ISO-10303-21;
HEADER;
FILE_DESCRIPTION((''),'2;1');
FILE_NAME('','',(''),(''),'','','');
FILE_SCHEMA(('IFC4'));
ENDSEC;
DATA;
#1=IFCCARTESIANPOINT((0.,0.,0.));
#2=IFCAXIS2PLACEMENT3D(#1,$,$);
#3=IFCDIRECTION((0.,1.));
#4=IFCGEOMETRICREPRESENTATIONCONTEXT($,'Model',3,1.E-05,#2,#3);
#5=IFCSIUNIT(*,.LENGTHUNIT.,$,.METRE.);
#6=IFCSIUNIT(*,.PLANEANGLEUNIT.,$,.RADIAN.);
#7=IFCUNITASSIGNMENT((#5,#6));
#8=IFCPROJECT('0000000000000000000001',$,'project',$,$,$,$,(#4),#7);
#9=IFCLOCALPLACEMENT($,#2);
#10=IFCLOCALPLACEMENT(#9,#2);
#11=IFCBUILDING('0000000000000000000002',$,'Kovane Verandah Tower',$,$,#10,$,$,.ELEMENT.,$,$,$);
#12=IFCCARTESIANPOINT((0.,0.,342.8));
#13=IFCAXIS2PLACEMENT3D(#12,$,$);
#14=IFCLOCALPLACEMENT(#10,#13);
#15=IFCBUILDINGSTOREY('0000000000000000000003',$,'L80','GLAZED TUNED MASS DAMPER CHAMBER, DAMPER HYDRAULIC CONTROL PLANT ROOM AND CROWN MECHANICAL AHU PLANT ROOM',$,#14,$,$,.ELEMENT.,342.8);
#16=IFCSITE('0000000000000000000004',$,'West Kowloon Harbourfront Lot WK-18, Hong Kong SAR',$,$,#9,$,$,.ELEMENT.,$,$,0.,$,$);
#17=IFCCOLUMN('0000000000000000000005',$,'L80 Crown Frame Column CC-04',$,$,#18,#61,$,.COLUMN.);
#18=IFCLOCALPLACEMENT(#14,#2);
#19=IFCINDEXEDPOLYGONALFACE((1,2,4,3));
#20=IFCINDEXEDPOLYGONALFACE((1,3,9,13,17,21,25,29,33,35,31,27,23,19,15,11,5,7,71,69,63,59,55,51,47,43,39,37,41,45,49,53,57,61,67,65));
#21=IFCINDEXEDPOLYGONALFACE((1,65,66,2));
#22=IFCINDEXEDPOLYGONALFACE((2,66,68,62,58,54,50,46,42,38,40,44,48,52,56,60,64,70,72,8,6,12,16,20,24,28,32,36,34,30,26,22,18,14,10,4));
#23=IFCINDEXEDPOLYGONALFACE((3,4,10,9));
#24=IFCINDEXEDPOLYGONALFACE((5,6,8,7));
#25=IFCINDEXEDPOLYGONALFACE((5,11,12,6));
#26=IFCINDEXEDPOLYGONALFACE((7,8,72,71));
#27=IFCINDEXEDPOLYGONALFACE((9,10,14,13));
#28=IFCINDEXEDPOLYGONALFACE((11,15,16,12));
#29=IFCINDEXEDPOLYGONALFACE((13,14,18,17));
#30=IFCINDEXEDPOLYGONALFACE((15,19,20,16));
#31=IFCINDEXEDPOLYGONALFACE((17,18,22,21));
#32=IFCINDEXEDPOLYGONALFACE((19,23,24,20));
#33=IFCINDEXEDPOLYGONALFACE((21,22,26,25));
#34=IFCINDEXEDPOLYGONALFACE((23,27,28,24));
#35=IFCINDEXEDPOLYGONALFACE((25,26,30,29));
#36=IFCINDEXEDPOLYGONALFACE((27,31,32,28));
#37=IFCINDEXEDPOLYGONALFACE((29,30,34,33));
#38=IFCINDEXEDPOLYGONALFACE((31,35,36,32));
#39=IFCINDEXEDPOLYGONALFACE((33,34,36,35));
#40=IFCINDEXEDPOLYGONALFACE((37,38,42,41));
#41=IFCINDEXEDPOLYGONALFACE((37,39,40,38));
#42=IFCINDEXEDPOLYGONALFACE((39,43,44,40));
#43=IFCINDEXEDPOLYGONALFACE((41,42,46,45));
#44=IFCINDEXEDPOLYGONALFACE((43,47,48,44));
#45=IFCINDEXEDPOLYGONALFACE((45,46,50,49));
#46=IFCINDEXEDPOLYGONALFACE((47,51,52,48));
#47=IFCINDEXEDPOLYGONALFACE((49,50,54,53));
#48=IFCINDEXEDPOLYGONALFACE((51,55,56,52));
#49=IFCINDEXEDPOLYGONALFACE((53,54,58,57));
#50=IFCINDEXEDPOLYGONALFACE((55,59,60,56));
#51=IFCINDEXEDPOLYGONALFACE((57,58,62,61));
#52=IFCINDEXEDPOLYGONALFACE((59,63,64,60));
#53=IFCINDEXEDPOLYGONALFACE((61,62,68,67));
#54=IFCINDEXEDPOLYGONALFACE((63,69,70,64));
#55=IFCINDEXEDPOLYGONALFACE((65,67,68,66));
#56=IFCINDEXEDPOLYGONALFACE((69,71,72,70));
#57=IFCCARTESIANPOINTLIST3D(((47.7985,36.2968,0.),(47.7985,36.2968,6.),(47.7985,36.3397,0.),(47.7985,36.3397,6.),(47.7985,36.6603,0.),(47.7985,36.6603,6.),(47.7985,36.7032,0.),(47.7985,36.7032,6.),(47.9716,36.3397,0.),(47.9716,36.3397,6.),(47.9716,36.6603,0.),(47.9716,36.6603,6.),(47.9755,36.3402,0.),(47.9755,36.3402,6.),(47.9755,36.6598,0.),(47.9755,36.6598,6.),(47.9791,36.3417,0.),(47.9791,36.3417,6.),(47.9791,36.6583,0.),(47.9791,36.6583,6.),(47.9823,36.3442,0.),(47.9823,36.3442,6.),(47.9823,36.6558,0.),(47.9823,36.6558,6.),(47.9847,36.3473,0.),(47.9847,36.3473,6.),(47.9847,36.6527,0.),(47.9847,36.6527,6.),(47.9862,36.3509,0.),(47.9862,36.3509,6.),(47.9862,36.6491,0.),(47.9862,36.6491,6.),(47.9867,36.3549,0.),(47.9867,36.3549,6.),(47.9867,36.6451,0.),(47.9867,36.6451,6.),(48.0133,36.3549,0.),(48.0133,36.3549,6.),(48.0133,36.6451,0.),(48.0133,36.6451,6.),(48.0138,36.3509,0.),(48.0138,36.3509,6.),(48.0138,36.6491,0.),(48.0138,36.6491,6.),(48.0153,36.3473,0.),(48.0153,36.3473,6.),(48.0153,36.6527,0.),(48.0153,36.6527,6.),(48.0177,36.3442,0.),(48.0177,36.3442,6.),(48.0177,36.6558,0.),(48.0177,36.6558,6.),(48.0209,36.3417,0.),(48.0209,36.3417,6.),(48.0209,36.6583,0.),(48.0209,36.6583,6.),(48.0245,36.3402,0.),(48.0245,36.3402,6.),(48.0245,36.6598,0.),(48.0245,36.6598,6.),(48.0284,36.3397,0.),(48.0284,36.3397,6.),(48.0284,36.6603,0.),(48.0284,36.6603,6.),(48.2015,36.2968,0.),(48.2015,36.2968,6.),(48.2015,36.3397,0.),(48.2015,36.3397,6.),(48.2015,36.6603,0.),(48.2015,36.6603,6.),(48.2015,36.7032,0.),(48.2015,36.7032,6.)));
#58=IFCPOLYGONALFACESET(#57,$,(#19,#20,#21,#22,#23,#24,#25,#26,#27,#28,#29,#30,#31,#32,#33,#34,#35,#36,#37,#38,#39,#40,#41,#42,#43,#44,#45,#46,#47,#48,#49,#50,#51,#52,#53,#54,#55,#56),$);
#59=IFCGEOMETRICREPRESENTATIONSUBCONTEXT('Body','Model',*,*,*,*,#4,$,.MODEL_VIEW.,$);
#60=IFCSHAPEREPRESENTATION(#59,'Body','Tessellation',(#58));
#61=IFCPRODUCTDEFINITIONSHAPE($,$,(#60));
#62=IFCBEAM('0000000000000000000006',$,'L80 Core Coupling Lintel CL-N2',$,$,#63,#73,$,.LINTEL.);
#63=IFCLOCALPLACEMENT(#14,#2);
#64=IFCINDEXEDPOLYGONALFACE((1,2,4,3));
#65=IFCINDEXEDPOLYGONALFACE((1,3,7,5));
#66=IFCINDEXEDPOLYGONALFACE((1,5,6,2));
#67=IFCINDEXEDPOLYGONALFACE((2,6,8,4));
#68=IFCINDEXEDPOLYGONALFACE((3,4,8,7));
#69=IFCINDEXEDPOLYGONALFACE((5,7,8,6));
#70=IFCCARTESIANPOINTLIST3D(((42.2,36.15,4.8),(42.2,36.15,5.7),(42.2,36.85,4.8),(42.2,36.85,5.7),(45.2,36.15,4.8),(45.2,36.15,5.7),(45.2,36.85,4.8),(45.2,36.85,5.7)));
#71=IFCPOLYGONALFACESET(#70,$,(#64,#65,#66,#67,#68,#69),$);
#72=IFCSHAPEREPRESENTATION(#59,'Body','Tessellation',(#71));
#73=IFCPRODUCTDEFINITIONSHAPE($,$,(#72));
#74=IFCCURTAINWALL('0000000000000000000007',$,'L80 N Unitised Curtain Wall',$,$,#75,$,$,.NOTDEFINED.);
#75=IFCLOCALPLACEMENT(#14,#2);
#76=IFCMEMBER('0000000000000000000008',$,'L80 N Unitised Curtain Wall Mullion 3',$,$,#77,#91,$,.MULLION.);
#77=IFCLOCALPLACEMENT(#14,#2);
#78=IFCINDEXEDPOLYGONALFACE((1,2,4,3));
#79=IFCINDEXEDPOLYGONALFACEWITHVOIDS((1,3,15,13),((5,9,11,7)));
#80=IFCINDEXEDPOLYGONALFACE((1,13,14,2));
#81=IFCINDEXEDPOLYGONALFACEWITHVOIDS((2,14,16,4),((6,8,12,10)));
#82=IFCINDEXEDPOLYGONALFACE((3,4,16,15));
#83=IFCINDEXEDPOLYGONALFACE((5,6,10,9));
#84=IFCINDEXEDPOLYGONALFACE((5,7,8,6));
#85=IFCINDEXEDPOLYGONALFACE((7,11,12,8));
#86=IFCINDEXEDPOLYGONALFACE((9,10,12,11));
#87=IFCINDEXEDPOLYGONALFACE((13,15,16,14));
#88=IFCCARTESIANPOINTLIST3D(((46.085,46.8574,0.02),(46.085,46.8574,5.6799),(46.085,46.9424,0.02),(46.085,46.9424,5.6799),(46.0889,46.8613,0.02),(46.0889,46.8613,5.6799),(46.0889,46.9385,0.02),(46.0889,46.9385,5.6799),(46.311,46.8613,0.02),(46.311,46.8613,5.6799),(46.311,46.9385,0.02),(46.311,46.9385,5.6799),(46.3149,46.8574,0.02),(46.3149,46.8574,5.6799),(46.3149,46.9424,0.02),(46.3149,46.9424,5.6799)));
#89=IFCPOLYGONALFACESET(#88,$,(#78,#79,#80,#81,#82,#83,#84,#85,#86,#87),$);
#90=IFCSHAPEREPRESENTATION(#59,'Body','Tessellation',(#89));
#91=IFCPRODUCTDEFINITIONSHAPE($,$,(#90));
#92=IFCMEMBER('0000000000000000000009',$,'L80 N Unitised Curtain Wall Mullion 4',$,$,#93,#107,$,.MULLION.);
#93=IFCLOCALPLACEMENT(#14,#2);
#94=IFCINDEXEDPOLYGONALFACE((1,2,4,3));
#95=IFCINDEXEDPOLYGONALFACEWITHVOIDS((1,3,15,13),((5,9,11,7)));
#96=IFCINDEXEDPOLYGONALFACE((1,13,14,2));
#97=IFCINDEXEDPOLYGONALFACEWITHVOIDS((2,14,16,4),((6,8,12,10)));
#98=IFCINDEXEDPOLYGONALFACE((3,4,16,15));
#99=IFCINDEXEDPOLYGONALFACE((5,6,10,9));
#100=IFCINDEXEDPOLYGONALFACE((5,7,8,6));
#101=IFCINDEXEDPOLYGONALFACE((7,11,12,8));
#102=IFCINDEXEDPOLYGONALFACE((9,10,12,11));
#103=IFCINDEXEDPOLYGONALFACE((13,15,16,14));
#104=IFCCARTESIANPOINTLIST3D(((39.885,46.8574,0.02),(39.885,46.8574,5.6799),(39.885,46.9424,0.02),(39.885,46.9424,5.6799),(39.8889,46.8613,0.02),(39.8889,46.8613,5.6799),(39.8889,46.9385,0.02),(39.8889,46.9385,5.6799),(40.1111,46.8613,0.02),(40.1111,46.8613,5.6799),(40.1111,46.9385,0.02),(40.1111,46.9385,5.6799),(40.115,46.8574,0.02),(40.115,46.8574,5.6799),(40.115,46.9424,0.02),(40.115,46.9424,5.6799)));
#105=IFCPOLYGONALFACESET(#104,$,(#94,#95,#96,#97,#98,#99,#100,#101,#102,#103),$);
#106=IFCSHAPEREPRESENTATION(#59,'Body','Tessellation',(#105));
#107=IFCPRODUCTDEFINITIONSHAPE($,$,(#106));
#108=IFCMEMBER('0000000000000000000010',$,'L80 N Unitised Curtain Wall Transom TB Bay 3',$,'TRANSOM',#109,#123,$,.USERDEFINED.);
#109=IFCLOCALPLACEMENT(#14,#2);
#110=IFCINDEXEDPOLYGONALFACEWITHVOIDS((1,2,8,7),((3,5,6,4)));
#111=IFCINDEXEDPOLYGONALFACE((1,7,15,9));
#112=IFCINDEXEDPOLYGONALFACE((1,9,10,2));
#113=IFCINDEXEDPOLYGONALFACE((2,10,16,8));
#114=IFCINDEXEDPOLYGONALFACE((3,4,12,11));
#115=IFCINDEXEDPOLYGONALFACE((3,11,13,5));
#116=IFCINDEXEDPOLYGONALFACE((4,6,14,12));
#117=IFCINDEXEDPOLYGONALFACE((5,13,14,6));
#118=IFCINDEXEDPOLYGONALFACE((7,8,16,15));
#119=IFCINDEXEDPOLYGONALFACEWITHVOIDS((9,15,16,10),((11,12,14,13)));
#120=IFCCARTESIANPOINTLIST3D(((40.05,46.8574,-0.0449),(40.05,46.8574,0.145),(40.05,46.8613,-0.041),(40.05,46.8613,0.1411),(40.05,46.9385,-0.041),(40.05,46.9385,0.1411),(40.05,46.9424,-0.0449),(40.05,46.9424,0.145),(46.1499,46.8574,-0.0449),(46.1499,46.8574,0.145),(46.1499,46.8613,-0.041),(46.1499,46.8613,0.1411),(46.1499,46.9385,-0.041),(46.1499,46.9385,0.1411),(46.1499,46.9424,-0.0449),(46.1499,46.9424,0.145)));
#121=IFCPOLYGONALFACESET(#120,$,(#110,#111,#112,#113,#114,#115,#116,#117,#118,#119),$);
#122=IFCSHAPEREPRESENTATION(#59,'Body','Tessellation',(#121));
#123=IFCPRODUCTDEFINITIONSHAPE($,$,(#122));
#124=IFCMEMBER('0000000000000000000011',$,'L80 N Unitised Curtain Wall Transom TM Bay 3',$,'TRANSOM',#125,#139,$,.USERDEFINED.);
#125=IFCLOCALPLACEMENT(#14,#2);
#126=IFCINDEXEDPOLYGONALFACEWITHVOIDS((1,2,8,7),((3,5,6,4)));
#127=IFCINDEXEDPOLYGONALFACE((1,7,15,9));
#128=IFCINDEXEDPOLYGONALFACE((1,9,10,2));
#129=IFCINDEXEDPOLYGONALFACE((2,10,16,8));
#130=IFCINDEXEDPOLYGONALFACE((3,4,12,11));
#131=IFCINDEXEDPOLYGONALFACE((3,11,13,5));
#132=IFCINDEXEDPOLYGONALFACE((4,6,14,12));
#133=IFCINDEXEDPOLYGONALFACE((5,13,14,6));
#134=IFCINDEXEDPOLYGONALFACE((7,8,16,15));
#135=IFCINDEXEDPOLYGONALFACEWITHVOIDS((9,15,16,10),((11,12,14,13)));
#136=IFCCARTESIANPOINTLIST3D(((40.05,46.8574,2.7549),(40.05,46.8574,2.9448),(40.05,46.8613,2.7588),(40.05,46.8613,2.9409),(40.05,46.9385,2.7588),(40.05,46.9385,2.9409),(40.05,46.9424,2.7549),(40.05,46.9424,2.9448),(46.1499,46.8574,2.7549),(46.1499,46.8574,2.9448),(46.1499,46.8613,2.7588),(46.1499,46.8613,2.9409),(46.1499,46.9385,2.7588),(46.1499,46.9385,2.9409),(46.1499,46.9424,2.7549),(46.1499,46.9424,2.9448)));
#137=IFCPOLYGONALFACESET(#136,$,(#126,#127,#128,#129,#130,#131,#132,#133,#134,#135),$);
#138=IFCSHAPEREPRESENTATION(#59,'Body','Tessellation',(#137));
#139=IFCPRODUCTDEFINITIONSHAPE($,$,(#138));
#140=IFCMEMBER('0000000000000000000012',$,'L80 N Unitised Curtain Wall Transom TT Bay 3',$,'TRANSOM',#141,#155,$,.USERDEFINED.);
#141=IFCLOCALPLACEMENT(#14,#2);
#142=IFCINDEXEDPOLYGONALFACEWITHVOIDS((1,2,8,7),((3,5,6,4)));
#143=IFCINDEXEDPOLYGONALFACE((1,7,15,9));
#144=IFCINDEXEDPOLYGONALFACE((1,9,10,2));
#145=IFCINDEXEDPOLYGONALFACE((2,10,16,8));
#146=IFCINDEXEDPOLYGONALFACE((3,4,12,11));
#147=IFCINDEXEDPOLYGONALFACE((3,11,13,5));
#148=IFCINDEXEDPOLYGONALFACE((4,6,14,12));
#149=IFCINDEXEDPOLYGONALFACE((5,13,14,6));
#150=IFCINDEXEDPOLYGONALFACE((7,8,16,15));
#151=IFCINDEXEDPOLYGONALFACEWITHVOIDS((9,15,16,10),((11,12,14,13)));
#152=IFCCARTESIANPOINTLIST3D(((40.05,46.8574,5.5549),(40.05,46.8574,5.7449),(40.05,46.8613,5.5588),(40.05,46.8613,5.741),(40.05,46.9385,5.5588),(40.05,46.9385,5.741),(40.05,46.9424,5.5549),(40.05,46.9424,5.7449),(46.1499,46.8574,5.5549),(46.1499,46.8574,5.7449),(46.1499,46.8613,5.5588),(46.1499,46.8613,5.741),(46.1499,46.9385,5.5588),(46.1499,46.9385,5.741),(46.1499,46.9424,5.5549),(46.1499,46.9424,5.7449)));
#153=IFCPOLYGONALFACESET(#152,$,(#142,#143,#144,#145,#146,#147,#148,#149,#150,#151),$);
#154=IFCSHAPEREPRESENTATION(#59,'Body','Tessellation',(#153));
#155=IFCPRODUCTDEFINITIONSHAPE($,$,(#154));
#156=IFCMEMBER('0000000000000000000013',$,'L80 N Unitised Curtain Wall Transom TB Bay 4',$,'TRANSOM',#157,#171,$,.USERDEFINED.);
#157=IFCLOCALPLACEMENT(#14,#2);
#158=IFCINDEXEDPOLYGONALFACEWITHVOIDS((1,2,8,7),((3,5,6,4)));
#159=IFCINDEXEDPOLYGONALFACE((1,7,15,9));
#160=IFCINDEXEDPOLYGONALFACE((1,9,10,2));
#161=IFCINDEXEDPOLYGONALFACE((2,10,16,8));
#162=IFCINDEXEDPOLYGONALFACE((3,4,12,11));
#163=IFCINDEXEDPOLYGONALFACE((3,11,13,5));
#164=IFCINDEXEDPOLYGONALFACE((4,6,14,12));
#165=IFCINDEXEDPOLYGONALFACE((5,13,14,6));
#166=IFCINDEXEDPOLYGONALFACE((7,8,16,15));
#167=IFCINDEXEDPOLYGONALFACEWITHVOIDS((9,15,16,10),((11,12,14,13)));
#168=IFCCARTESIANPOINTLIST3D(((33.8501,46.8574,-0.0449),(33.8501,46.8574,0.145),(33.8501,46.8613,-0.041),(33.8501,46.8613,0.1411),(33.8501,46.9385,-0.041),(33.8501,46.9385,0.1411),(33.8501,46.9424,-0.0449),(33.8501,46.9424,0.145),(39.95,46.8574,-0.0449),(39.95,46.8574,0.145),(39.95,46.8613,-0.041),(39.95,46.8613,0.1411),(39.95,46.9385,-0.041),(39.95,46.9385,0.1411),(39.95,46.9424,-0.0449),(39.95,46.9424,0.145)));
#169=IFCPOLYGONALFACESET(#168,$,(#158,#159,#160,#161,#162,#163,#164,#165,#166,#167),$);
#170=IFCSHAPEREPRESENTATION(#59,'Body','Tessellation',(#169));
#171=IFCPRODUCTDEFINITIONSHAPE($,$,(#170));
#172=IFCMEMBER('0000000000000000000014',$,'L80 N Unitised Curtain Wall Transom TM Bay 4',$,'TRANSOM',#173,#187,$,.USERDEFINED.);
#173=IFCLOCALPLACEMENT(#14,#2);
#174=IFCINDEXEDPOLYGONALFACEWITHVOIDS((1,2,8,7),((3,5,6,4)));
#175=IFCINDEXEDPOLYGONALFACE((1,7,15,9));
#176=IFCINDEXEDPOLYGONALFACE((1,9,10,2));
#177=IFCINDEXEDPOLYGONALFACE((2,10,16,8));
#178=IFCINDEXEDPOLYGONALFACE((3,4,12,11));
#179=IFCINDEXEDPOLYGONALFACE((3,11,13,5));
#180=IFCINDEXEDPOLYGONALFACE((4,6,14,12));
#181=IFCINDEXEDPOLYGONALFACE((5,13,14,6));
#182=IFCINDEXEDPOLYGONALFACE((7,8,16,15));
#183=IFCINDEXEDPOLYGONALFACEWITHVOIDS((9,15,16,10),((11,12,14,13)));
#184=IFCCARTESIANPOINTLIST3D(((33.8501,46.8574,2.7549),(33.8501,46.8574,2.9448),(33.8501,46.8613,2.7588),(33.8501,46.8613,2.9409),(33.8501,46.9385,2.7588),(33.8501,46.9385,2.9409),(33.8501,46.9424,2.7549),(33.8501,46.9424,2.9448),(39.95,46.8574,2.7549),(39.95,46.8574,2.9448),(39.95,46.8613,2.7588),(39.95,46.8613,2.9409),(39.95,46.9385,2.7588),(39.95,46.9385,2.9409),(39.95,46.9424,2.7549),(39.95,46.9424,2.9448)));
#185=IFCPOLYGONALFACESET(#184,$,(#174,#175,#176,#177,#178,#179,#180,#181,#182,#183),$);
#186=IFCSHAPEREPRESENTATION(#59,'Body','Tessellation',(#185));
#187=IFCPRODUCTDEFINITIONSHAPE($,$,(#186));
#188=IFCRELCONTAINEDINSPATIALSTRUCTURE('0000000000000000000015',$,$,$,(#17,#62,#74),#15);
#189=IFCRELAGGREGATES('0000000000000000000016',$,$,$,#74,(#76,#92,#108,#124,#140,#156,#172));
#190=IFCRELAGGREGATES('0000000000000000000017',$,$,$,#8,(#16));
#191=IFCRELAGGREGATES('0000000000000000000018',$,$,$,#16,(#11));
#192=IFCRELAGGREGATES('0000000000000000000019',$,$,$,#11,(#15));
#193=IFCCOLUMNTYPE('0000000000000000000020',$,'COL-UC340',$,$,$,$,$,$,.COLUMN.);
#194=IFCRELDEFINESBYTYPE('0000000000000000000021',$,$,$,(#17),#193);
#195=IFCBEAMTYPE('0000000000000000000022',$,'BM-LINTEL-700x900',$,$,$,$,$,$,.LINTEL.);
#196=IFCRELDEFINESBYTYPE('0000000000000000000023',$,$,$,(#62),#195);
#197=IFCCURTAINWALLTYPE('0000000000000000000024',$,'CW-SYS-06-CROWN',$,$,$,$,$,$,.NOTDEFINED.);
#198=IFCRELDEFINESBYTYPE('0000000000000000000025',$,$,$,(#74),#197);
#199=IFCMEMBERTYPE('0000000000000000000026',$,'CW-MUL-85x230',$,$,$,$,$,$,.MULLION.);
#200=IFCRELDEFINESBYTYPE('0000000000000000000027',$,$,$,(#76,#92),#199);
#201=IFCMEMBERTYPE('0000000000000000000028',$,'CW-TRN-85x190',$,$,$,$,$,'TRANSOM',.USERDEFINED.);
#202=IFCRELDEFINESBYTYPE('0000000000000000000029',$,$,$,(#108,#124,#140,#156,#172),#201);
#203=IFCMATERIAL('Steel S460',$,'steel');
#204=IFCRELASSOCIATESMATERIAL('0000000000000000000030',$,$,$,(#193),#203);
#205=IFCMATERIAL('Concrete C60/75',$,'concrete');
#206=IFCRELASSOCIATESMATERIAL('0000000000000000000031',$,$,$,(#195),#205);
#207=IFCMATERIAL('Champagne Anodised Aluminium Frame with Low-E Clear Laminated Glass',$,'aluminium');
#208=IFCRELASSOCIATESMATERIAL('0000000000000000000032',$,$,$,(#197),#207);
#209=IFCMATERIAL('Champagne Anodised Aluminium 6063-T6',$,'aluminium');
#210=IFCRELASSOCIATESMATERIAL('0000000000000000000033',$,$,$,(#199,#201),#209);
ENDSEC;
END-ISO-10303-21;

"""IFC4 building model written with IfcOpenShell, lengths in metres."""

from ifc_helpers import new_model, si_unit, direction, frame, origin, origin_2d, place, context, subcontext, project, spatial, rectangle, hollow_rectangle, i_section, extrude, material, material_profile, profile_set, type_object, element, aggregate, save


model = new_model("IFC4")

# Units and contexts
model_context = context("Model", 3, precision=1e-05, world=origin(), true_north=direction((0.0, 1.0)))
body_context = subcontext(model_context, "Body", "Model", "MODEL_VIEW")
ifc_project = project(units=[si_unit("LENGTHUNIT", "METRE"), si_unit("PLANEANGLEUNIT", "RADIAN")], contexts=[model_context])

# Site, building, storey
site_placement = place(None, origin())
site = spatial("IfcSite", under=ifc_project, at=site_placement, Name="West Kowloon Harbourfront Lot WK-18, Hong Kong SAR", CompositionType="ELEMENT", RefElevation=0.0)
building_placement = place(site_placement, origin())
building = spatial("IfcBuilding", under=site, at=building_placement, Name="Kovane Verandah Tower", CompositionType="ELEMENT")
storey_placement = place(building_placement, frame((0.0, 0.0, 342.8)))
storey = spatial("IfcBuildingStorey", under=building, at=storey_placement, Name="L80", Description="GLAZED TUNED MASS DAMPER CHAMBER, DAMPER HYDRAULIC CONTROL PLANT ROOM AND CROWN MECHANICAL AHU PLANT ROOM", CompositionType="ELEMENT", Elevation=342.8)

# Column
ifc_material_1 = material(Name="Steel S460", Category="steel")
ifc_material_profile_1 = material_profile(ifc_material_1, i_section(OverallWidth=0.4031, OverallDepth=0.4065, WebThickness=0.0266, FlangeThickness=0.043, FilletRadius=0.0151, at=origin_2d()), Name="UC356x406x340")
ifc_profile_set_1 = profile_set([ifc_material_profile_1], Name="Steel S460")
column_type = type_object("IfcColumnType", Name="COL-UC340", PredefinedType="COLUMN", material=ifc_profile_set_1)
column_placement = place(storey_placement, frame((48.0, 36.5, 0.0), z_axis=(0.0, 0.0, 1.0), x_axis=(1.0, 0.0, 0.0)))
element("IfcColumn", 1, at=column_placement, inside=storey, type_object=column_type, Name="L80 Crown Frame Column CC-04", PredefinedType="COLUMN", context=body_context, shape_type="SweptSolid", body=[
    extrude(i_section(OverallWidth=0.4031, OverallDepth=0.4065, WebThickness=0.0266, FlangeThickness=0.043, FilletRadius=0.0151, at=origin_2d()), origin(), (0.0, 0.0, 1.0), 6.0),
])

# Beam
ifc_material_2 = material(Name="Concrete C60/75", Category="concrete")
ifc_material_profile_2 = material_profile(ifc_material_2, rectangle(XDim=0.7, YDim=0.8999, at=origin_2d()), Name="RCB700x900")
ifc_profile_set_2 = profile_set([ifc_material_profile_2], Name="Concrete C60/75")
beam_type = type_object("IfcBeamType", Name="BM-LINTEL-700x900", PredefinedType="LINTEL", material=ifc_profile_set_2)
beam_placement = place(storey_placement, frame((42.2, 36.5, 5.25), z_axis=(1.0, 0.0, 0.0), x_axis=(0.0, 1.0, 0.0)))
element("IfcBeam", 2, at=beam_placement, inside=storey, type_object=beam_type, Name="L80 Core Coupling Lintel CL-N2", PredefinedType="LINTEL", context=body_context, shape_type="SweptSolid", body=[
    extrude(rectangle(XDim=0.7, YDim=0.8999, at=origin_2d()), origin(), (0.0, 0.0, 1.0), 3.0),
])

# Curtain wall, members
ifc_material_3 = material(Name="Champagne Anodised Aluminium Frame with Low-E Clear Laminated Glass", Category="aluminium")
curtain_wall_type = type_object("IfcCurtainWallType", Name="CW-SYS-06-CROWN", PredefinedType="NOTDEFINED", material=ifc_material_3)
curtain_wall_placement = place(storey_placement, origin())
curtain_wall = element("IfcCurtainWall", 3, at=curtain_wall_placement, inside=storey, type_object=curtain_wall_type, Name="L80 N Unitised Curtain Wall", PredefinedType="NOTDEFINED")
ifc_material_4 = material(Name="Champagne Anodised Aluminium 6063-T6", Category="aluminium")
ifc_material_profile_3 = material_profile(ifc_material_4, hollow_rectangle(XDim=0.085, YDim=0.23, WallThickness=0.0039, at=origin_2d()), Name="AL85x230x4")
ifc_profile_set_3 = profile_set([ifc_material_profile_3], Name="Champagne Anodised Aluminium 6063-T6")
member_type_1 = type_object("IfcMemberType", Name="CW-MUL-85x230", PredefinedType="MULLION", material=ifc_profile_set_3)
member_1_placement = place(storey_placement, frame((46.2, 46.8999, 0.02), z_axis=(0.0, 0.0, 1.0), x_axis=(0.0, 1.0, 0.0)))
member_1 = element("IfcMember", 4, at=member_1_placement, type_object=member_type_1, Name="L80 N Unitised Curtain Wall Mullion 3", PredefinedType="MULLION", context=body_context, shape_type="SweptSolid", body=[
    extrude(hollow_rectangle(XDim=0.085, YDim=0.23, WallThickness=0.0039, at=origin_2d()), origin(), (0.0, 0.0, 1.0), 5.6599),
])
member_2_placement = place(storey_placement, frame((40.0, 46.8999, 0.02), z_axis=(0.0, 0.0, 1.0), x_axis=(0.0, 1.0, 0.0)))
member_2 = element("IfcMember", 5, at=member_2_placement, type_object=member_type_1, Name="L80 N Unitised Curtain Wall Mullion 4", PredefinedType="MULLION", context=body_context, shape_type="SweptSolid", body=[
    extrude(hollow_rectangle(XDim=0.085, YDim=0.23, WallThickness=0.0039, at=origin_2d()), origin(), (0.0, 0.0, 1.0), 5.6599),
])
ifc_material_profile_4 = material_profile(ifc_material_4, hollow_rectangle(XDim=0.085, YDim=0.1899, WallThickness=0.0039, at=origin_2d()), Name="AL85x190x4")
ifc_profile_set_4 = profile_set([ifc_material_profile_4], Name="Champagne Anodised Aluminium 6063-T6")
member_type_2 = type_object("IfcMemberType", Name="CW-TRN-85x190", ElementType="TRANSOM", PredefinedType="USERDEFINED", material=ifc_profile_set_4)
member_3_placement = place(storey_placement, frame((46.1499, 46.8999, 0.05), z_axis=(-1.0, 0.0, 0.0), x_axis=(0.0, -1.0, 0.0)))
member_3 = element("IfcMember", 6, at=member_3_placement, type_object=member_type_2, Name="L80 N Unitised Curtain Wall Transom TB Bay 3", ObjectType="TRANSOM", PredefinedType="USERDEFINED", context=body_context, shape_type="SweptSolid", body=[
    extrude(hollow_rectangle(XDim=0.085, YDim=0.1899, WallThickness=0.0039, at=origin_2d()), origin(), (0.0, 0.0, 1.0), 6.0999),
])
member_4_placement = place(storey_placement, frame((46.1499, 46.8999, 2.8499), z_axis=(-1.0, 0.0, 0.0), x_axis=(0.0, -1.0, 0.0)))
member_4 = element("IfcMember", 7, at=member_4_placement, type_object=member_type_2, Name="L80 N Unitised Curtain Wall Transom TM Bay 3", ObjectType="TRANSOM", PredefinedType="USERDEFINED", context=body_context, shape_type="SweptSolid", body=[
    extrude(hollow_rectangle(XDim=0.085, YDim=0.1899, WallThickness=0.0039, at=origin_2d()), origin(), (0.0, 0.0, 1.0), 6.0999),
])
member_5_placement = place(storey_placement, frame((46.1499, 46.8999, 5.6499), z_axis=(-1.0, 0.0, 0.0), x_axis=(0.0, -1.0, 0.0)))
member_5 = element("IfcMember", 8, at=member_5_placement, type_object=member_type_2, Name="L80 N Unitised Curtain Wall Transom TT Bay 3", ObjectType="TRANSOM", PredefinedType="USERDEFINED", context=body_context, shape_type="SweptSolid", body=[
    extrude(hollow_rectangle(XDim=0.085, YDim=0.1899, WallThickness=0.0039, at=origin_2d()), origin(), (0.0, 0.0, 1.0), 6.0999),
])
member_6_placement = place(storey_placement, frame((39.95, 46.8999, 0.05), z_axis=(-1.0, 0.0, 0.0), x_axis=(0.0, -1.0, 0.0)))
member_6 = element("IfcMember", 9, at=member_6_placement, type_object=member_type_2, Name="L80 N Unitised Curtain Wall Transom TB Bay 4", ObjectType="TRANSOM", PredefinedType="USERDEFINED", context=body_context, shape_type="SweptSolid", body=[
    extrude(hollow_rectangle(XDim=0.085, YDim=0.1899, WallThickness=0.0039, at=origin_2d()), origin(), (0.0, 0.0, 1.0), 6.0999),
])
member_7_placement = place(storey_placement, frame((39.95, 46.8999, 2.8499), z_axis=(-1.0, 0.0, 0.0), x_axis=(0.0, -1.0, 0.0)))
member_7 = element("IfcMember", 10, at=member_7_placement, type_object=member_type_2, Name="L80 N Unitised Curtain Wall Transom TM Bay 4", ObjectType="TRANSOM", PredefinedType="USERDEFINED", context=body_context, shape_type="SweptSolid", body=[
    extrude(hollow_rectangle(XDim=0.085, YDim=0.1899, WallThickness=0.0039, at=origin_2d()), origin(), (0.0, 0.0, 1.0), 6.0999),
])
aggregate(curtain_wall, [member_1, member_2, member_3, member_4, member_5, member_6, member_7])

save(model, "model.ifc")
